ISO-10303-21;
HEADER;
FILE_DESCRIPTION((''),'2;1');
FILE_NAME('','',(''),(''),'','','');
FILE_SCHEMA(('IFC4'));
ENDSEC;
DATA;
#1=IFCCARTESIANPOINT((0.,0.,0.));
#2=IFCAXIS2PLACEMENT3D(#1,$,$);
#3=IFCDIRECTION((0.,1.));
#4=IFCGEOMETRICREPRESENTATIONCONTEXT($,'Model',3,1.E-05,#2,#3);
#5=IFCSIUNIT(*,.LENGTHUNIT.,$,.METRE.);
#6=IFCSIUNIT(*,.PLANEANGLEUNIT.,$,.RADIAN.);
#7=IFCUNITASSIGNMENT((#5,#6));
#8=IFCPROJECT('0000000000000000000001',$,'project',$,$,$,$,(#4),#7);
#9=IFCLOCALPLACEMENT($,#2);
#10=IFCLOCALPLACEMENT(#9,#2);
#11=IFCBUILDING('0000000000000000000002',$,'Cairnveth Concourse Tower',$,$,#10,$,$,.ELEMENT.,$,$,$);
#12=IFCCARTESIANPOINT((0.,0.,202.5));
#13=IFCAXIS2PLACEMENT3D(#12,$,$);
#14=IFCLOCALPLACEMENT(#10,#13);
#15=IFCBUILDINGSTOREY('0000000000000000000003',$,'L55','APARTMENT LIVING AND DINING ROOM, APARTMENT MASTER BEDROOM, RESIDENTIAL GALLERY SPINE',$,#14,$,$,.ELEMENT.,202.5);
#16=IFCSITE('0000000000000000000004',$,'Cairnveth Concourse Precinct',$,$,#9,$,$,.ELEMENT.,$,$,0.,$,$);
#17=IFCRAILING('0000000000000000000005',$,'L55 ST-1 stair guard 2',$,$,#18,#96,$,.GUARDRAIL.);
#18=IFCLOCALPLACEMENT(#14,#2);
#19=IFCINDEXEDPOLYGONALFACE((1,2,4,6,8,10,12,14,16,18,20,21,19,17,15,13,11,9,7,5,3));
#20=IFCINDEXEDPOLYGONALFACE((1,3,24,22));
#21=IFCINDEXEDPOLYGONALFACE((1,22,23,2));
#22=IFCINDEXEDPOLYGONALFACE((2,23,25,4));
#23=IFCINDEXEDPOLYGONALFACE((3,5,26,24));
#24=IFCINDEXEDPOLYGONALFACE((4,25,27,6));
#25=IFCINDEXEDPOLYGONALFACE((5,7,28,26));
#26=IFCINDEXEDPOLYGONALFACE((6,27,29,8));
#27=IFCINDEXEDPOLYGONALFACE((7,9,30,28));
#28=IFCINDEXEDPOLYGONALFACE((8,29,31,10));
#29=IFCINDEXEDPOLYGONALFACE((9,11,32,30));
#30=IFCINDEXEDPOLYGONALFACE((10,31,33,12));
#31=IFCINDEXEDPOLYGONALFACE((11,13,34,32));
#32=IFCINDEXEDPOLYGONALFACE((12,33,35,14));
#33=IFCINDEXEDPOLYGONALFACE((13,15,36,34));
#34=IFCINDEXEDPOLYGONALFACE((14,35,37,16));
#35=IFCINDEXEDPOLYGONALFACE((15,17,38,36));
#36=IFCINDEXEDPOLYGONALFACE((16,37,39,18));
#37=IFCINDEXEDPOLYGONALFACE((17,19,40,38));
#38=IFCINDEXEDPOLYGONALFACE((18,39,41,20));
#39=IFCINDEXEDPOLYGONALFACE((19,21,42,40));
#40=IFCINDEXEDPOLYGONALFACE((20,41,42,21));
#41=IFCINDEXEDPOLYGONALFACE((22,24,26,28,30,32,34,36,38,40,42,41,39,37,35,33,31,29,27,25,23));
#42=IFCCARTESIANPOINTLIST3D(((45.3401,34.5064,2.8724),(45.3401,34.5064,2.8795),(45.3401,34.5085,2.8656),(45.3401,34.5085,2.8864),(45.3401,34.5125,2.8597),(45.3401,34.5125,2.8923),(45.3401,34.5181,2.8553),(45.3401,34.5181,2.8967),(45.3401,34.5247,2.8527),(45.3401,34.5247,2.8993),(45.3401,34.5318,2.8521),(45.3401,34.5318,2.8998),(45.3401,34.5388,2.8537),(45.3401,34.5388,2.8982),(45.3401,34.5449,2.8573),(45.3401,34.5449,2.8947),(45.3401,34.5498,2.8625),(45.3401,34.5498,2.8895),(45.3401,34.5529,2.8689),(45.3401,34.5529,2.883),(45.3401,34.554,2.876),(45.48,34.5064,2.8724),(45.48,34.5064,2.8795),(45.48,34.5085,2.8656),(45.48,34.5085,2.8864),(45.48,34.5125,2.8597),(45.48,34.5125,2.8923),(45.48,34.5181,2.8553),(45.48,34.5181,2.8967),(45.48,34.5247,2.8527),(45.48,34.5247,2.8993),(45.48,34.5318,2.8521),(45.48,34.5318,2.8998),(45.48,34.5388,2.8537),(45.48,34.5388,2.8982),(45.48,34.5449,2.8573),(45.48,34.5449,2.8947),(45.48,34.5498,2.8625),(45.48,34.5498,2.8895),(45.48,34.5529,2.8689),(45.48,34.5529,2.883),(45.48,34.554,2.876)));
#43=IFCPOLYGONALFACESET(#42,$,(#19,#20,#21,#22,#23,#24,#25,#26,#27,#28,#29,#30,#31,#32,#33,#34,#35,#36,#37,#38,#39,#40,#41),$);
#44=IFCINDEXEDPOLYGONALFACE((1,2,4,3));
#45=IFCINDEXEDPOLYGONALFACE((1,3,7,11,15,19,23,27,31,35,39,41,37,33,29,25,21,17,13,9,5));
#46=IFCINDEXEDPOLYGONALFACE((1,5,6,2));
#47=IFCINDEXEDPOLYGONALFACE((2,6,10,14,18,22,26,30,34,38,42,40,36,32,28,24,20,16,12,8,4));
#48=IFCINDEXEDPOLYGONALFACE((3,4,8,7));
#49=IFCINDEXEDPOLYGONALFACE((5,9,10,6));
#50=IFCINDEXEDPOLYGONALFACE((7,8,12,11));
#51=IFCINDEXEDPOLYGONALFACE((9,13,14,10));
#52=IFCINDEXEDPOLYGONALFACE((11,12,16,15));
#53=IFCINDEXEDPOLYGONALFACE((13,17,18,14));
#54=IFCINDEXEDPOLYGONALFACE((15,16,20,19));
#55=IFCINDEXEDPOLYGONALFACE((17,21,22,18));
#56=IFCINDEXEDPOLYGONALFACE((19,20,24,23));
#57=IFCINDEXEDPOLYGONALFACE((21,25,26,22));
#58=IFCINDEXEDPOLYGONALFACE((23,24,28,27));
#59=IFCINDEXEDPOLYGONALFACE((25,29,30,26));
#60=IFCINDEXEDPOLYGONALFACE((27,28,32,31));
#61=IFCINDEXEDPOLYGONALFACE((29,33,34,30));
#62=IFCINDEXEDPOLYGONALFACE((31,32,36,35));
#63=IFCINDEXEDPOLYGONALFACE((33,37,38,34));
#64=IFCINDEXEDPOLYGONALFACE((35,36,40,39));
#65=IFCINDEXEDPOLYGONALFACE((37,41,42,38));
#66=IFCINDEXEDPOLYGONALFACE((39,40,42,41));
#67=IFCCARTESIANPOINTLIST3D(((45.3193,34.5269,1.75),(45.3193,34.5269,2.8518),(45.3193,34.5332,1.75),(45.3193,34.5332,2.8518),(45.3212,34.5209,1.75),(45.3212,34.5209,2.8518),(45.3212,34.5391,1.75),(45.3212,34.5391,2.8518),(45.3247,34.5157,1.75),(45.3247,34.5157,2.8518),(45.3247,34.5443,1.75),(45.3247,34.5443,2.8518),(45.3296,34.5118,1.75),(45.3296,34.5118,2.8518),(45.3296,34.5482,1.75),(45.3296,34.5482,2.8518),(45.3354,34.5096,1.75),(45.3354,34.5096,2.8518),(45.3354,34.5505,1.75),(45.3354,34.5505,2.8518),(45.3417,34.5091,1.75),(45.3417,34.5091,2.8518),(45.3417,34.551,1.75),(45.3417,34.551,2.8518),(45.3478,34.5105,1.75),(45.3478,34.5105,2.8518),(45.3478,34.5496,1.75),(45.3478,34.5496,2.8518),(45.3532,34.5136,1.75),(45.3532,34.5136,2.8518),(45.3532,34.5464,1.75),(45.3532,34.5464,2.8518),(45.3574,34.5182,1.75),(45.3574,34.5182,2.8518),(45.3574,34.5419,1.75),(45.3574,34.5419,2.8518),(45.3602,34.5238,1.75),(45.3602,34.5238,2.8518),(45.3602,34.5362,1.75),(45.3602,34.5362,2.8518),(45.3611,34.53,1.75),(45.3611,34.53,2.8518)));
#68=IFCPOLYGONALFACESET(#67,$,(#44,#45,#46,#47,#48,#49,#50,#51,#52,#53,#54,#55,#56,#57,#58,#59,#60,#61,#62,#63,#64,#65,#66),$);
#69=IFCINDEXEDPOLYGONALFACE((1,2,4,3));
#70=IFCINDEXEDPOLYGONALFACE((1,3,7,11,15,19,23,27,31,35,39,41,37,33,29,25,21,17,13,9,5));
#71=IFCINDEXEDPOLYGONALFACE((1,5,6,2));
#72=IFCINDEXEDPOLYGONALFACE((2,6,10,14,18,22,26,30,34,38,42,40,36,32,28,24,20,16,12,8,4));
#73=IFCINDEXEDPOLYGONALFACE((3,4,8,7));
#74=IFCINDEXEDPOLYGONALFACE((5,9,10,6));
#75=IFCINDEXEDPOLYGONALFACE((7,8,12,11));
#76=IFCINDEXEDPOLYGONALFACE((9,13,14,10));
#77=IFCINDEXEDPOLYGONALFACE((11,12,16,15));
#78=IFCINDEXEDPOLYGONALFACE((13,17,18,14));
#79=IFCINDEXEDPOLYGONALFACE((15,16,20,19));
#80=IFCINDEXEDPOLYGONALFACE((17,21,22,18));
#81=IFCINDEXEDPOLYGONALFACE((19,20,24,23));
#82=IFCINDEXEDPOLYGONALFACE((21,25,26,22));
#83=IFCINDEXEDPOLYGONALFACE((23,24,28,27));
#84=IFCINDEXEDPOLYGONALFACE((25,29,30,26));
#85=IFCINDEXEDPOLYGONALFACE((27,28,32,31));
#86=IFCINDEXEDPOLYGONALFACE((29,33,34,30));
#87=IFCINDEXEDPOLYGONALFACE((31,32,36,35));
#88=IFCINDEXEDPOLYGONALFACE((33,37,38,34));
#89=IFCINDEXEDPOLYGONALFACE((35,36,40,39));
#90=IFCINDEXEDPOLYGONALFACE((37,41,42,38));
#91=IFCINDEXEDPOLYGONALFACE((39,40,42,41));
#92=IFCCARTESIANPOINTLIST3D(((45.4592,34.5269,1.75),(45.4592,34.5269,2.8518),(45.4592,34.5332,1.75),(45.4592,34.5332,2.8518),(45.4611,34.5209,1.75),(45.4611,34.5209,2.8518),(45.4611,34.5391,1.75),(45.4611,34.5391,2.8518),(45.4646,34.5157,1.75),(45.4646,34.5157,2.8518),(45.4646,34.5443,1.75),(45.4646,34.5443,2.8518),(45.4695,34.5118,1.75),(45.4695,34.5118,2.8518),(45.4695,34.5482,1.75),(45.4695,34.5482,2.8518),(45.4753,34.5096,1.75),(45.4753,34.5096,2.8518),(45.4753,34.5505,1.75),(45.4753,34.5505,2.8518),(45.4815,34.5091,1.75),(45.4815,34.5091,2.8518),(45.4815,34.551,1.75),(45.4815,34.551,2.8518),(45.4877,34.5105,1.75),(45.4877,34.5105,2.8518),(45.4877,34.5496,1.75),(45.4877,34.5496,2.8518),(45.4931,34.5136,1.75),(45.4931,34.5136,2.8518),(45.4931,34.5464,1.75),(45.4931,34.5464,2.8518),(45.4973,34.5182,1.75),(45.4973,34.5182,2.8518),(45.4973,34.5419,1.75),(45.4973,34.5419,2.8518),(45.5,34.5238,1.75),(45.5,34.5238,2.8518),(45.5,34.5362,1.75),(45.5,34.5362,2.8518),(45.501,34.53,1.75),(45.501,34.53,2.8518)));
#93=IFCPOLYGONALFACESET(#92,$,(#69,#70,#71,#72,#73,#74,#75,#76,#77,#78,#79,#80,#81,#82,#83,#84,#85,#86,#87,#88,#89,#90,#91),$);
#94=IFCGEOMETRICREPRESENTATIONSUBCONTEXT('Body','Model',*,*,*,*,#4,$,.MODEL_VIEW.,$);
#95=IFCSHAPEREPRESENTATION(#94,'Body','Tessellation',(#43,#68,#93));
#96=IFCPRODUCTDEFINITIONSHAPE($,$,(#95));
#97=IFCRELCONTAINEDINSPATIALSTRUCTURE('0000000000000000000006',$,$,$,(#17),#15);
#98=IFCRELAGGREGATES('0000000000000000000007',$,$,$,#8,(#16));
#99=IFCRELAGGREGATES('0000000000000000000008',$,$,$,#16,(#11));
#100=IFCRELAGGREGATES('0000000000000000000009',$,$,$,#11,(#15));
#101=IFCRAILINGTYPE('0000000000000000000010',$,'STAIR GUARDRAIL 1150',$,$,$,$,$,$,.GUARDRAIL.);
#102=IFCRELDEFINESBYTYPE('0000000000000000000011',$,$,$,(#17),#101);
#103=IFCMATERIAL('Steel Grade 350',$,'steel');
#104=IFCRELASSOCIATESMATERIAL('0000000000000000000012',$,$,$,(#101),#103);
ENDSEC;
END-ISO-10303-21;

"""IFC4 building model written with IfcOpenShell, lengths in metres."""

from ifc_helpers import new_model, si_unit, direction, frame, origin, origin_2d, place, context, subcontext, project, spatial, circle, extrude, material, type_object, element, save


model = new_model("IFC4")

# Units and contexts
model_context = context("Model", 3, precision=1e-05, world=origin(), true_north=direction((0.0, 1.0)))
body_context = subcontext(model_context, "Body", "Model", "MODEL_VIEW")
ifc_project = project(units=[si_unit("LENGTHUNIT", "METRE"), si_unit("PLANEANGLEUNIT", "RADIAN")], contexts=[model_context])

# Site, building, storey
site_placement = place(None, origin())
site = spatial("IfcSite", under=ifc_project, at=site_placement, Name="Cairnveth Concourse Precinct", CompositionType="ELEMENT", RefElevation=0.0)
building_placement = place(site_placement, origin())
building = spatial("IfcBuilding", under=site, at=building_placement, Name="Cairnveth Concourse Tower", CompositionType="ELEMENT")
storey_placement = place(building_placement, frame((0.0, 0.0, 202.5)))
storey = spatial("IfcBuildingStorey", under=building, at=storey_placement, Name="L55", Description="APARTMENT LIVING AND DINING ROOM, APARTMENT MASTER BEDROOM, RESIDENTIAL GALLERY SPINE", CompositionType="ELEMENT", Elevation=202.5)

# Shared definitions
ifc_material_1 = material(Name="Steel Grade 350", Category="steel")

# Railing
railing_type_1 = type_object("IfcRailingType", Name="STAIR GUARDRAIL 1150", PredefinedType="GUARDRAIL", material=ifc_material_1)
railing_1_placement = place(storey_placement, frame((45.3401, 34.53, 1.75)))
element("IfcRailing", 1, at=railing_1_placement, inside=storey, type_object=railing_type_1, Name="L55 ST-1 stair guard 2", PredefinedType="GUARDRAIL", context=body_context, shape_type="SweptSolid", body=[
    extrude(circle(Radius=0.0239, at=origin_2d()), frame((0.0, 0.0, 1.126), z_axis=(1.0, 0.0, 0.0), x_axis=(0.0, 1.0, 0.0)), (0.0, 0.0, 1.0), 0.1399),
    extrude(circle(Radius=0.021, at=origin_2d()), origin(), (0.0, 0.0, 1.0), 1.1018),
    extrude(circle(Radius=0.021, at=origin_2d()), frame((0.1399, 0.0, 0.0)), (0.0, 0.0, 1.0), 1.1018),
])

save(model, "model.ifc")
